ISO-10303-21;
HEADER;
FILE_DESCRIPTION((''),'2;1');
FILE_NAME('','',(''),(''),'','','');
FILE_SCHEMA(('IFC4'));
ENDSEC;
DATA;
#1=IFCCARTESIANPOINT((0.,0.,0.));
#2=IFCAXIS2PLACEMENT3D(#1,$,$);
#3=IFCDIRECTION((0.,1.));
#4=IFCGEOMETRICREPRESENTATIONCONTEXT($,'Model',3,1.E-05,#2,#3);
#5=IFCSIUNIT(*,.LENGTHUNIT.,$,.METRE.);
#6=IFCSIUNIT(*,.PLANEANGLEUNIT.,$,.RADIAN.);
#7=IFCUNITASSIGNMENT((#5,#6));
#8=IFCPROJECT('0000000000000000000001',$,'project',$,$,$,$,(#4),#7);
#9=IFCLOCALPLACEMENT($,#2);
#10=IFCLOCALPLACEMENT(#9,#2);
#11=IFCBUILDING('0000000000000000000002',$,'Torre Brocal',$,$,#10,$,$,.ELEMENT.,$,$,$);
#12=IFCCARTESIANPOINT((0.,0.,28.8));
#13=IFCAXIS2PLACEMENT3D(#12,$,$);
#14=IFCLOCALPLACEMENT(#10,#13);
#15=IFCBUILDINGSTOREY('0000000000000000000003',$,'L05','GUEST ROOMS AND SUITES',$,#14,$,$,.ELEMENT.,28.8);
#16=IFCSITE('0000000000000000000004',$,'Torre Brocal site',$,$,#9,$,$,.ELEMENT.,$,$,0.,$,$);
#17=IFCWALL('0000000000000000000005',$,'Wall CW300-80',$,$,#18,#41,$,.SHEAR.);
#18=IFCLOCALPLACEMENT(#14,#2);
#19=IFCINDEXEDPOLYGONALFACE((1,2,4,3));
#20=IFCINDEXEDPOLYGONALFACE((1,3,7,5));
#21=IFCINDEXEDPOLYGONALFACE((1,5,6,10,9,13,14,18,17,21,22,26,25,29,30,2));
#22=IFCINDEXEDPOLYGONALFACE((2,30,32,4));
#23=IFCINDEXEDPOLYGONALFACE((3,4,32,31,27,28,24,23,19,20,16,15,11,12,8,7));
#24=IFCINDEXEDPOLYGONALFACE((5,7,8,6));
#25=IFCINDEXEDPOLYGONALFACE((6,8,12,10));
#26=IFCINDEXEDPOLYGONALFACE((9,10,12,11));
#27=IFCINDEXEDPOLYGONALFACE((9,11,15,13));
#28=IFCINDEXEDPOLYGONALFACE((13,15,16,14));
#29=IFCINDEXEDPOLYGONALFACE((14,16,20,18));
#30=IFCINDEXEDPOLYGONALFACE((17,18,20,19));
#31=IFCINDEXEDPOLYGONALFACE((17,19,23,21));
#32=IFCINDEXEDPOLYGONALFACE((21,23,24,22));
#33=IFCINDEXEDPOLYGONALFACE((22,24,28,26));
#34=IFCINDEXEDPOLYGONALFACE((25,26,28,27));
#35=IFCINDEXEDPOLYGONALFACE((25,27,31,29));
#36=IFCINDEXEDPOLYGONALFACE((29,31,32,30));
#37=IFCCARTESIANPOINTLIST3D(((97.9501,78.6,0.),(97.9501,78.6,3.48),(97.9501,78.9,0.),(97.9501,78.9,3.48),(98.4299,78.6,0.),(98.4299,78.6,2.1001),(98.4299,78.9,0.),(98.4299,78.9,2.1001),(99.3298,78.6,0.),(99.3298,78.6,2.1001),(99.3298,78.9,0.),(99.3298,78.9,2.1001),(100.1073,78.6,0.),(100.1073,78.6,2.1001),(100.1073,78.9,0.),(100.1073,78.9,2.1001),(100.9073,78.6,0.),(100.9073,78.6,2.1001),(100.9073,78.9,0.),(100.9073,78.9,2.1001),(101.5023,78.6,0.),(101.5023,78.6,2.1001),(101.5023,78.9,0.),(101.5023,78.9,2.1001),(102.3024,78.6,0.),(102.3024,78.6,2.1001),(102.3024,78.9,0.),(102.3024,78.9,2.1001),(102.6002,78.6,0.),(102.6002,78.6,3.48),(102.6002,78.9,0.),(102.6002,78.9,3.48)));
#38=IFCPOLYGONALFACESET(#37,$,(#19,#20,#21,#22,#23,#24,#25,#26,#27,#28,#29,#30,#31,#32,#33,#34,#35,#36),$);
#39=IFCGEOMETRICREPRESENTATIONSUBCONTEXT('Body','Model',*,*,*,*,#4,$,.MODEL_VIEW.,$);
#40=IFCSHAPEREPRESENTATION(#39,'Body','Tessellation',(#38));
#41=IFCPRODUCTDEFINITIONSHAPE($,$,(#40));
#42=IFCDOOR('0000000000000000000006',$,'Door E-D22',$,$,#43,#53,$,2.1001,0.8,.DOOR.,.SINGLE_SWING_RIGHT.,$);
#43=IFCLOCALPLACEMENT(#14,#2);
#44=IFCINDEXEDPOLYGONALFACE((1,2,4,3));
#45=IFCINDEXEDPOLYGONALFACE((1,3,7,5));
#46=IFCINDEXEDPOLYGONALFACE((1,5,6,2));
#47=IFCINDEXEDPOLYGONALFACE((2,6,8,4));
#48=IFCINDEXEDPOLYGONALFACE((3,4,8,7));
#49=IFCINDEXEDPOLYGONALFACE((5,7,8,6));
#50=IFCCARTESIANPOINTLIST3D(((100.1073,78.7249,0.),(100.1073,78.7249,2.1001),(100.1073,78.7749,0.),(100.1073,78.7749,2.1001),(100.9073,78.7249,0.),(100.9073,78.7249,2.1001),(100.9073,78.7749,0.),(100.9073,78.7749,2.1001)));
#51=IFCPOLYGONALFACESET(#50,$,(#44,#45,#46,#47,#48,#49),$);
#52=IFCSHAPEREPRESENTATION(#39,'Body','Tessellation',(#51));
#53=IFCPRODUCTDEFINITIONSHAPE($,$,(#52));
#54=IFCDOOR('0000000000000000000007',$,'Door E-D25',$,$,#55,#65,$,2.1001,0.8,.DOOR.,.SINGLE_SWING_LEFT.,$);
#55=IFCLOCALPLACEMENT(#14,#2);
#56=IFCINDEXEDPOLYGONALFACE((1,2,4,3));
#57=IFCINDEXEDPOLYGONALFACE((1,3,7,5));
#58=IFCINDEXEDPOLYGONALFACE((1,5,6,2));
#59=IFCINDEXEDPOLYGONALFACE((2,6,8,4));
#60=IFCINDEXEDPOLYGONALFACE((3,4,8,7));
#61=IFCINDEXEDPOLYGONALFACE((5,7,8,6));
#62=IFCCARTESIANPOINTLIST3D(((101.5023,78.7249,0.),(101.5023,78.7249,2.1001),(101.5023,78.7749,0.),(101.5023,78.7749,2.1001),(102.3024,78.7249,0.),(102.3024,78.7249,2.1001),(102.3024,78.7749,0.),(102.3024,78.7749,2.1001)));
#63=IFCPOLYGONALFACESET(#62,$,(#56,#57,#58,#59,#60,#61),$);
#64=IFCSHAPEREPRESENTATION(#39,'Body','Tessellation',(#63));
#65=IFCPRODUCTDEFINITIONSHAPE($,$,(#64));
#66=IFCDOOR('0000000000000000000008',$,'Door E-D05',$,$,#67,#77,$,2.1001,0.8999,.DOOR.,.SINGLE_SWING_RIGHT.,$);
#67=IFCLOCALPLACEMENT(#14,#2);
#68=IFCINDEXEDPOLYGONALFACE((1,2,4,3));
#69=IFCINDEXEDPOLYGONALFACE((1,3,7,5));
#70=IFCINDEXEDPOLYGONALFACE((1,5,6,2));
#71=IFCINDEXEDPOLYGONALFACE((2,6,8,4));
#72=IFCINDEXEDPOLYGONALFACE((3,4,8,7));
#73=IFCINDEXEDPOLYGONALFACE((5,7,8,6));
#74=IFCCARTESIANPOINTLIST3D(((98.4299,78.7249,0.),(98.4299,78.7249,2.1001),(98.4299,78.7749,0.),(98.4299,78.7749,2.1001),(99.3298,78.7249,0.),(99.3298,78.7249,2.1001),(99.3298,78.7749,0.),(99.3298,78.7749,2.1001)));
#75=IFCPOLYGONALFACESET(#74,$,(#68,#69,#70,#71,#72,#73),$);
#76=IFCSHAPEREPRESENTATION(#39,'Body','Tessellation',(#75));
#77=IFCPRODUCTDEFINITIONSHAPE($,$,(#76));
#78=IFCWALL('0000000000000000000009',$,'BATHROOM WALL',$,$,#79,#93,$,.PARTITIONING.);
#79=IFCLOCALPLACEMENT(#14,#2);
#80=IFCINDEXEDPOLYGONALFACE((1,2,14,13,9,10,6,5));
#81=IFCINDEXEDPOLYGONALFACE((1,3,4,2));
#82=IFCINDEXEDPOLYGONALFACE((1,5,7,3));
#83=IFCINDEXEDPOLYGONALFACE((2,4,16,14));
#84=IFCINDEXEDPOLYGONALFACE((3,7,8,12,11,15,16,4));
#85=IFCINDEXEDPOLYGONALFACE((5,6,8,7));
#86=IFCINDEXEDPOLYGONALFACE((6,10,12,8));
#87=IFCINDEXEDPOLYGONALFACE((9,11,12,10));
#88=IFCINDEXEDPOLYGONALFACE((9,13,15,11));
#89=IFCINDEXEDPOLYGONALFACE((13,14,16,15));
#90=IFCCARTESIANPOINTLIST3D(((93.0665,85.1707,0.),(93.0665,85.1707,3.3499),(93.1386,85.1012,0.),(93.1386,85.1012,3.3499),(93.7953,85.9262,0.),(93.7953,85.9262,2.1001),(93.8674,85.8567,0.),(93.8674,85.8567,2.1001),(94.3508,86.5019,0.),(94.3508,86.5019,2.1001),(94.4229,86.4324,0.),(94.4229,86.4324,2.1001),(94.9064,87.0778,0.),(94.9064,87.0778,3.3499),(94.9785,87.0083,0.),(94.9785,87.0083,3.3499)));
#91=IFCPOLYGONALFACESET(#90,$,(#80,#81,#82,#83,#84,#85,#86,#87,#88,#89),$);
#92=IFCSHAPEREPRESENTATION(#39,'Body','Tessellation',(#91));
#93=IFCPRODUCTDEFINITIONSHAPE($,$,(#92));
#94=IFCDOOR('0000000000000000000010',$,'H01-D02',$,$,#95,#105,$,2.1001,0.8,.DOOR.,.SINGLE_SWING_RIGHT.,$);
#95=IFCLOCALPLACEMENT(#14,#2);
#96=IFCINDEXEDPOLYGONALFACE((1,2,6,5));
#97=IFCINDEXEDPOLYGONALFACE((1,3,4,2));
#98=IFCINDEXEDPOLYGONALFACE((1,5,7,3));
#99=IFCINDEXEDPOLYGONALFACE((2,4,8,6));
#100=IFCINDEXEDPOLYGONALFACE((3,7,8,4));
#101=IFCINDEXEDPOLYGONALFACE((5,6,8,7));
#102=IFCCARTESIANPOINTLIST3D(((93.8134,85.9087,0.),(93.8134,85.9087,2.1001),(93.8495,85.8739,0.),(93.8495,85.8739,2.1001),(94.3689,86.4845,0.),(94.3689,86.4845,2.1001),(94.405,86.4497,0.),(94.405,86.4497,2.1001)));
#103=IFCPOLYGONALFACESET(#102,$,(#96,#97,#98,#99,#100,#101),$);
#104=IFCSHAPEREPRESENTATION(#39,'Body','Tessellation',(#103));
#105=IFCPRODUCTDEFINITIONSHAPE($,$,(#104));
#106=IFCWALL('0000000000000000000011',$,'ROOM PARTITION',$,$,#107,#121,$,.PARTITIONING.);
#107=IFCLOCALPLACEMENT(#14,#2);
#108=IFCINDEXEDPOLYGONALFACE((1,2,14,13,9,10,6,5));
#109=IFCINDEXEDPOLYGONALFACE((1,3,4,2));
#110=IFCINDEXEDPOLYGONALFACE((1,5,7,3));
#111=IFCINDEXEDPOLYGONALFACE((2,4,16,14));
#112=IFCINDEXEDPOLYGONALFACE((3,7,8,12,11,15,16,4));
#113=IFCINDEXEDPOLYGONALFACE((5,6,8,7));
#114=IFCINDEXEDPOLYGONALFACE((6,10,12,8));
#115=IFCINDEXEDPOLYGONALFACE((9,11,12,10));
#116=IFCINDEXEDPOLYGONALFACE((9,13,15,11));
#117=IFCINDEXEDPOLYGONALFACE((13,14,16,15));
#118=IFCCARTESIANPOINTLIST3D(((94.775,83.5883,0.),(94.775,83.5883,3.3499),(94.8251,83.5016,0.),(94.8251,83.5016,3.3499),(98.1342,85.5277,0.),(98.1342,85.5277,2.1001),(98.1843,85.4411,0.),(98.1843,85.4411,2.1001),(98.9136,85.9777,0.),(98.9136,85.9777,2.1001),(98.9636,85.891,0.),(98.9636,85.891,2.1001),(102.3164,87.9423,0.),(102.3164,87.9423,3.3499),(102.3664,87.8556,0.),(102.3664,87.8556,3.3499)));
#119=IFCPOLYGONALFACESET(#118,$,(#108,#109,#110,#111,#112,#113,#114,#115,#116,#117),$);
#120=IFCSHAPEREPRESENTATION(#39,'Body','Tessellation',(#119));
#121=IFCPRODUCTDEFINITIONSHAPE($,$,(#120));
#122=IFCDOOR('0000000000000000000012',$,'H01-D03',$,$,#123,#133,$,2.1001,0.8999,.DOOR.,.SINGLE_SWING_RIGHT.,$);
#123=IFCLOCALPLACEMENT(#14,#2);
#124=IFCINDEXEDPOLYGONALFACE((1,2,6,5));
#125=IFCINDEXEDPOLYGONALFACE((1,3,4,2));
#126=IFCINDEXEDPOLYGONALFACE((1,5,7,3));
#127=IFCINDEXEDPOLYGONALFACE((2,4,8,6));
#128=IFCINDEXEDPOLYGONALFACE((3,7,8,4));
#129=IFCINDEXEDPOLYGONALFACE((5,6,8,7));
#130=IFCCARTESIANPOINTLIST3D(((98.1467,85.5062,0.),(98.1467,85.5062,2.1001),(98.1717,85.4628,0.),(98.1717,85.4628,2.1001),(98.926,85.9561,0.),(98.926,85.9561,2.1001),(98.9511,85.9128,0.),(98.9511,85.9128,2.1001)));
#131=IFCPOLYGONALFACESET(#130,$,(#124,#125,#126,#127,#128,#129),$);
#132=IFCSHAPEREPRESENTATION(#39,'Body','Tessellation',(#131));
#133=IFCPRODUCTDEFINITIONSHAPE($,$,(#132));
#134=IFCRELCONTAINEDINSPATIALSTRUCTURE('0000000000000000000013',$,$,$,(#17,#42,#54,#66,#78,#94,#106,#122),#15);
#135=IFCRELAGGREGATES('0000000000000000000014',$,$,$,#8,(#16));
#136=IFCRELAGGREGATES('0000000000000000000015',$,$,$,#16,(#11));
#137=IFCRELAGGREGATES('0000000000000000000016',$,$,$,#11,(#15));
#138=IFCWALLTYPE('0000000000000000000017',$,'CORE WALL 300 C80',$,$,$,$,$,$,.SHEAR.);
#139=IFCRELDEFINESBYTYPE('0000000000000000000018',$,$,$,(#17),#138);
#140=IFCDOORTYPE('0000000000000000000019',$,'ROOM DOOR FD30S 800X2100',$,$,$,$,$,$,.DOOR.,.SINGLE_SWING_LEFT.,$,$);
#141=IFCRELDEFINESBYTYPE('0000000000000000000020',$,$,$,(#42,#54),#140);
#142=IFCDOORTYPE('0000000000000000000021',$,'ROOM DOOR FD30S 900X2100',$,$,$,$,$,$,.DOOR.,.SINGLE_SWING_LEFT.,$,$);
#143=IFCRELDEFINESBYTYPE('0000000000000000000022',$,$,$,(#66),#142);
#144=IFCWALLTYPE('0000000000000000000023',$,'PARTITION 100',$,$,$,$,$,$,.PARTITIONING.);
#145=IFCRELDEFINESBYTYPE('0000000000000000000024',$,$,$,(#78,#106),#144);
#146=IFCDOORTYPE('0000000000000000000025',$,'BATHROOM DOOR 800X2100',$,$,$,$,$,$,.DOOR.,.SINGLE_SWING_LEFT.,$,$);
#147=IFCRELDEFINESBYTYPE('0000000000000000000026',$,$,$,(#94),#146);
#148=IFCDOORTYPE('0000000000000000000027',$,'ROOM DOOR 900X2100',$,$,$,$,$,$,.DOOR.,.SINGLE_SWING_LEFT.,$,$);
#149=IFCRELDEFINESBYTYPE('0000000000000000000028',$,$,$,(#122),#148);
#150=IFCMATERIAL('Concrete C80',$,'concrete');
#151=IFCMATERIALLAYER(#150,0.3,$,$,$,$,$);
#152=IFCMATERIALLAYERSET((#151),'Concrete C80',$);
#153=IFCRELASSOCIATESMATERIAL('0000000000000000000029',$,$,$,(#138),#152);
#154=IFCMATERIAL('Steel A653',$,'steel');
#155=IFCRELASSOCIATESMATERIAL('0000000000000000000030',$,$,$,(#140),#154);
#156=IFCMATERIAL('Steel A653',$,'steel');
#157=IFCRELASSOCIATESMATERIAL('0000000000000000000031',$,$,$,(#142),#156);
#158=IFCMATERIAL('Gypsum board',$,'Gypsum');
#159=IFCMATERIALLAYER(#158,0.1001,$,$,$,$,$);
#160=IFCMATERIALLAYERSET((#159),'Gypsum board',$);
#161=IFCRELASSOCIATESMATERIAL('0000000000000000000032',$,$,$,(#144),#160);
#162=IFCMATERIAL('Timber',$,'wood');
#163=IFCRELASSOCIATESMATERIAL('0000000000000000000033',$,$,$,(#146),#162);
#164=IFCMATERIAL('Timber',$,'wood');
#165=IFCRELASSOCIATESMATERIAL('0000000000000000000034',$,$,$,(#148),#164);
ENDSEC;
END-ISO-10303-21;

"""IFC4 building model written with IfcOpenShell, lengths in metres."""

from ifc_helpers import new_model, si_unit, direction, frame, frame_2d, origin, place, context, subcontext, project, spatial, rectangle, extrude, material, layer, layer_set, type_object, element, fill, save


model = new_model("IFC4")

# Units and contexts
model_context = context("Model", 3, precision=1e-05, world=origin(), true_north=direction((0.0, 1.0)))
body_context = subcontext(model_context, "Body", "Model", "MODEL_VIEW")
ifc_project = project(units=[si_unit("LENGTHUNIT", "METRE"), si_unit("PLANEANGLEUNIT", "RADIAN")], contexts=[model_context])

# Site, building, storey
site_placement = place(None, origin())
site = spatial("IfcSite", under=ifc_project, at=site_placement, Name="Torre Brocal site", CompositionType="ELEMENT", RefElevation=0.0)
building_placement = place(site_placement, origin())
building = spatial("IfcBuilding", under=site, at=building_placement, Name="Torre Brocal", CompositionType="ELEMENT")
storey_placement = place(building_placement, frame((0.0, 0.0, 28.8)))
storey = spatial("IfcBuildingStorey", under=building, at=storey_placement, Name="L05", Description="GUEST ROOMS AND SUITES", CompositionType="ELEMENT", Elevation=28.8)

# Shared definitions
ifc_material_1 = material(Name="Concrete C80", Category="concrete")
ifc_layer_1 = layer(ifc_material_1, 0.3)
ifc_layer_set_1 = layer_set([ifc_layer_1], Name="Concrete C80")
wall_type_1 = type_object("IfcWallType", Name="CORE WALL 300 C80", PredefinedType="SHEAR", material=ifc_layer_set_1)

# Wall, openings, doors
wall_1_placement = place(storey_placement, frame((97.95, 78.75, 0.0), z_axis=(0.0, 0.0, 1.0), x_axis=(1.0, 0.0, 0.0)))
wall_1 = element("IfcWall", 1, at=wall_1_placement, inside=storey, type_object=wall_type_1, Name="Wall CW300-80", PredefinedType="SHEAR", context=body_context, shape_type="SweptSolid", body=[
    extrude(rectangle(XDim=4.6501, YDim=0.3, at=frame_2d((2.3252, 0.0))), origin(), (0.0, 0.0, 1.0), 3.48),
])
opening_1_placement = place(wall_1_placement, frame((0.48, 0.0, 0.0)))
opening_1 = element("IfcOpeningElement", 2, at=opening_1_placement, cuts=wall_1, PredefinedType="OPENING", context=body_context, shape_type="SweptSolid", body=[
    extrude(rectangle(XDim=0.8999, YDim=2.1001, at=frame_2d((0.45, 1.05))), frame((0.0, 0.1599, 0.0), z_axis=(0.0, -1.0, 0.0), x_axis=(1.0, 0.0, 0.0)), (0.0, 0.0, 1.0), 0.3201),
])
opening_2_placement = place(wall_1_placement, frame((2.1575, 0.0, 0.0)))
opening_2 = element("IfcOpeningElement", 3, at=opening_2_placement, cuts=wall_1, PredefinedType="OPENING", context=body_context, shape_type="SweptSolid", body=[
    extrude(rectangle(XDim=0.8, YDim=2.1001, at=frame_2d((0.3999, 1.05))), frame((0.0, 0.1599, 0.0), z_axis=(0.0, -1.0, 0.0), x_axis=(1.0, 0.0, 0.0)), (0.0, 0.0, 1.0), 0.3201),
])
opening_3_placement = place(wall_1_placement, frame((3.5525, 0.0, 0.0)))
opening_3 = element("IfcOpeningElement", 4, at=opening_3_placement, cuts=wall_1, PredefinedType="OPENING", context=body_context, shape_type="SweptSolid", body=[
    extrude(rectangle(XDim=0.8, YDim=2.1001, at=frame_2d((0.3999, 1.05))), frame((0.0, 0.1599, 0.0), z_axis=(0.0, -1.0, 0.0), x_axis=(1.0, 0.0, 0.0)), (0.0, 0.0, 1.0), 0.3201),
])
ifc_material_2 = material(Name="Steel A653", Category="steel")
door_type_1 = type_object("IfcDoorType", Name="ROOM DOOR FD30S 800X2100", OperationType="SINGLE_SWING_LEFT", PredefinedType="DOOR", material=ifc_material_2)
door_1_placement = place(opening_2_placement, origin())
door_1 = element("IfcDoor", 5, at=door_1_placement, inside=storey, type_object=door_type_1, Name="Door E-D22", OperationType="SINGLE_SWING_RIGHT", OverallHeight=2.1001, OverallWidth=0.8, PredefinedType="DOOR", context=body_context, shape_type="SweptSolid", body=[
    extrude(rectangle(XDim=0.8, YDim=2.1001, at=frame_2d((0.3999, 1.05))), frame((0.0, 0.0249, 0.0), z_axis=(0.0, -1.0, 0.0), x_axis=(1.0, 0.0, 0.0)), (0.0, 0.0, 1.0), 0.05),
])
fill(opening_2, door_1)
door_2_placement = place(opening_3_placement, origin())
door_2 = element("IfcDoor", 6, at=door_2_placement, inside=storey, type_object=door_type_1, Name="Door E-D25", OperationType="SINGLE_SWING_LEFT", OverallHeight=2.1001, OverallWidth=0.8, PredefinedType="DOOR", context=body_context, shape_type="SweptSolid", body=[
    extrude(rectangle(XDim=0.8, YDim=2.1001, at=frame_2d((0.3999, 1.05))), frame((0.0, 0.0249, 0.0), z_axis=(0.0, -1.0, 0.0), x_axis=(1.0, 0.0, 0.0)), (0.0, 0.0, 1.0), 0.05),
])
fill(opening_3, door_2)
ifc_material_3 = material(Name="Steel A653", Category="steel")
door_type_2 = type_object("IfcDoorType", Name="ROOM DOOR FD30S 900X2100", OperationType="SINGLE_SWING_LEFT", PredefinedType="DOOR", material=ifc_material_3)
door_3_placement = place(opening_1_placement, origin())
door_3 = element("IfcDoor", 7, at=door_3_placement, inside=storey, type_object=door_type_2, Name="Door E-D05", OperationType="SINGLE_SWING_RIGHT", OverallHeight=2.1001, OverallWidth=0.8999, PredefinedType="DOOR", context=body_context, shape_type="SweptSolid", body=[
    extrude(rectangle(XDim=0.8999, YDim=2.1001, at=frame_2d((0.45, 1.05))), frame((0.0, 0.0249, 0.0), z_axis=(0.0, -1.0, 0.0), x_axis=(1.0, 0.0, 0.0)), (0.0, 0.0, 1.0), 0.05),
])
fill(opening_1, door_3)

# Walls, openings, doors
ifc_material_4 = material(Name="Gypsum board", Category="Gypsum")
ifc_layer_2 = layer(ifc_material_4, 0.1001)
ifc_layer_set_2 = layer_set([ifc_layer_2], Name="Gypsum board")
wall_type_2 = type_object("IfcWallType", Name="PARTITION 100", PredefinedType="PARTITIONING", material=ifc_layer_set_2)
wall_2_placement = place(storey_placement, frame((93.1025, 85.136, 0.0), z_axis=(0.0, 0.0, 1.0), x_axis=(0.694325, 0.719662, 0.0)))
wall_2 = element("IfcWall", 8, at=wall_2_placement, inside=storey, type_object=wall_type_2, Name="BATHROOM WALL", PredefinedType="PARTITIONING", context=body_context, shape_type="SweptSolid", body=[
    extrude(rectangle(XDim=2.6499, YDim=0.1001, at=frame_2d((1.325, 0.0))), origin(), (0.0, 0.0, 1.0), 3.3499),
])
opening_4_placement = place(wall_2_placement, frame((1.0498, 0.0, 0.0)))
opening_4 = element("IfcOpeningElement", 9, at=opening_4_placement, cuts=wall_2, PredefinedType="OPENING", context=body_context, shape_type="SweptSolid", body=[
    extrude(rectangle(XDim=0.8, YDim=2.1001, at=frame_2d((0.3999, 1.05))), frame((0.0, 0.0601, 0.0), z_axis=(0.0, -1.0, 0.0), x_axis=(1.0, 0.0, 0.0)), (0.0, 0.0, 1.0), 0.1201),
])
ifc_material_5 = material(Name="Timber", Category="wood")
door_type_3 = type_object("IfcDoorType", Name="BATHROOM DOOR 800X2100", OperationType="SINGLE_SWING_LEFT", PredefinedType="DOOR", material=ifc_material_5)
door_4_placement = place(opening_4_placement, origin())
door_4 = element("IfcDoor", 10, at=door_4_placement, inside=storey, type_object=door_type_3, Name="H01-D02", OperationType="SINGLE_SWING_RIGHT", OverallHeight=2.1001, OverallWidth=0.8, PredefinedType="DOOR", context=body_context, shape_type="SweptSolid", body=[
    extrude(rectangle(XDim=0.8, YDim=2.1001, at=frame_2d((0.3999, 1.05))), frame((0.0, 0.0249, 0.0), z_axis=(0.0, -1.0, 0.0), x_axis=(1.0, 0.0, 0.0)), (0.0, 0.0, 1.0), 0.05),
])
fill(opening_4, door_4)
wall_3_placement = place(storey_placement, frame((94.8, 83.5449, 0.0), z_axis=(0.0, 0.0, 1.0), x_axis=(0.866023, 0.500005, 0.0)))
wall_3 = element("IfcWall", 11, at=wall_3_placement, inside=storey, type_object=wall_type_2, Name="ROOM PARTITION", PredefinedType="PARTITIONING", context=body_context, shape_type="SweptSolid", body=[
    extrude(rectangle(XDim=8.708, YDim=0.1001, at=frame_2d((4.354, 0.0))), origin(), (0.0, 0.0, 1.0), 3.3499),
])
opening_5_placement = place(wall_3_placement, frame((3.8789, 0.0, 0.0)))
opening_5 = element("IfcOpeningElement", 12, at=opening_5_placement, cuts=wall_3, PredefinedType="OPENING", context=body_context, shape_type="SweptSolid", body=[
    extrude(rectangle(XDim=0.8999, YDim=2.1001, at=frame_2d((0.45, 1.05))), frame((0.0, 0.0601, 0.0), z_axis=(0.0, -1.0, 0.0), x_axis=(1.0, 0.0, 0.0)), (0.0, 0.0, 1.0), 0.1201),
])
ifc_material_6 = material(Name="Timber", Category="wood")
door_type_4 = type_object("IfcDoorType", Name="ROOM DOOR 900X2100", OperationType="SINGLE_SWING_LEFT", PredefinedType="DOOR", material=ifc_material_6)
door_5_placement = place(opening_5_placement, frame((0.8999, 0.0, 0.0), z_axis=(0.0, 0.0, 1.0), x_axis=(-1.0, 0.0, 0.0)))
door_5 = element("IfcDoor", 13, at=door_5_placement, inside=storey, type_object=door_type_4, Name="H01-D03", OperationType="SINGLE_SWING_RIGHT", OverallHeight=2.1001, OverallWidth=0.8999, PredefinedType="DOOR", context=body_context, shape_type="SweptSolid", body=[
    extrude(rectangle(XDim=0.8999, YDim=2.1001, at=frame_2d((0.45, 1.05))), frame((0.0, 0.0249, 0.0), z_axis=(0.0, -1.0, 0.0), x_axis=(1.0, 0.0, 0.0)), (0.0, 0.0, 1.0), 0.05),
])
fill(opening_5, door_5)

save(model, "model.ifc")
